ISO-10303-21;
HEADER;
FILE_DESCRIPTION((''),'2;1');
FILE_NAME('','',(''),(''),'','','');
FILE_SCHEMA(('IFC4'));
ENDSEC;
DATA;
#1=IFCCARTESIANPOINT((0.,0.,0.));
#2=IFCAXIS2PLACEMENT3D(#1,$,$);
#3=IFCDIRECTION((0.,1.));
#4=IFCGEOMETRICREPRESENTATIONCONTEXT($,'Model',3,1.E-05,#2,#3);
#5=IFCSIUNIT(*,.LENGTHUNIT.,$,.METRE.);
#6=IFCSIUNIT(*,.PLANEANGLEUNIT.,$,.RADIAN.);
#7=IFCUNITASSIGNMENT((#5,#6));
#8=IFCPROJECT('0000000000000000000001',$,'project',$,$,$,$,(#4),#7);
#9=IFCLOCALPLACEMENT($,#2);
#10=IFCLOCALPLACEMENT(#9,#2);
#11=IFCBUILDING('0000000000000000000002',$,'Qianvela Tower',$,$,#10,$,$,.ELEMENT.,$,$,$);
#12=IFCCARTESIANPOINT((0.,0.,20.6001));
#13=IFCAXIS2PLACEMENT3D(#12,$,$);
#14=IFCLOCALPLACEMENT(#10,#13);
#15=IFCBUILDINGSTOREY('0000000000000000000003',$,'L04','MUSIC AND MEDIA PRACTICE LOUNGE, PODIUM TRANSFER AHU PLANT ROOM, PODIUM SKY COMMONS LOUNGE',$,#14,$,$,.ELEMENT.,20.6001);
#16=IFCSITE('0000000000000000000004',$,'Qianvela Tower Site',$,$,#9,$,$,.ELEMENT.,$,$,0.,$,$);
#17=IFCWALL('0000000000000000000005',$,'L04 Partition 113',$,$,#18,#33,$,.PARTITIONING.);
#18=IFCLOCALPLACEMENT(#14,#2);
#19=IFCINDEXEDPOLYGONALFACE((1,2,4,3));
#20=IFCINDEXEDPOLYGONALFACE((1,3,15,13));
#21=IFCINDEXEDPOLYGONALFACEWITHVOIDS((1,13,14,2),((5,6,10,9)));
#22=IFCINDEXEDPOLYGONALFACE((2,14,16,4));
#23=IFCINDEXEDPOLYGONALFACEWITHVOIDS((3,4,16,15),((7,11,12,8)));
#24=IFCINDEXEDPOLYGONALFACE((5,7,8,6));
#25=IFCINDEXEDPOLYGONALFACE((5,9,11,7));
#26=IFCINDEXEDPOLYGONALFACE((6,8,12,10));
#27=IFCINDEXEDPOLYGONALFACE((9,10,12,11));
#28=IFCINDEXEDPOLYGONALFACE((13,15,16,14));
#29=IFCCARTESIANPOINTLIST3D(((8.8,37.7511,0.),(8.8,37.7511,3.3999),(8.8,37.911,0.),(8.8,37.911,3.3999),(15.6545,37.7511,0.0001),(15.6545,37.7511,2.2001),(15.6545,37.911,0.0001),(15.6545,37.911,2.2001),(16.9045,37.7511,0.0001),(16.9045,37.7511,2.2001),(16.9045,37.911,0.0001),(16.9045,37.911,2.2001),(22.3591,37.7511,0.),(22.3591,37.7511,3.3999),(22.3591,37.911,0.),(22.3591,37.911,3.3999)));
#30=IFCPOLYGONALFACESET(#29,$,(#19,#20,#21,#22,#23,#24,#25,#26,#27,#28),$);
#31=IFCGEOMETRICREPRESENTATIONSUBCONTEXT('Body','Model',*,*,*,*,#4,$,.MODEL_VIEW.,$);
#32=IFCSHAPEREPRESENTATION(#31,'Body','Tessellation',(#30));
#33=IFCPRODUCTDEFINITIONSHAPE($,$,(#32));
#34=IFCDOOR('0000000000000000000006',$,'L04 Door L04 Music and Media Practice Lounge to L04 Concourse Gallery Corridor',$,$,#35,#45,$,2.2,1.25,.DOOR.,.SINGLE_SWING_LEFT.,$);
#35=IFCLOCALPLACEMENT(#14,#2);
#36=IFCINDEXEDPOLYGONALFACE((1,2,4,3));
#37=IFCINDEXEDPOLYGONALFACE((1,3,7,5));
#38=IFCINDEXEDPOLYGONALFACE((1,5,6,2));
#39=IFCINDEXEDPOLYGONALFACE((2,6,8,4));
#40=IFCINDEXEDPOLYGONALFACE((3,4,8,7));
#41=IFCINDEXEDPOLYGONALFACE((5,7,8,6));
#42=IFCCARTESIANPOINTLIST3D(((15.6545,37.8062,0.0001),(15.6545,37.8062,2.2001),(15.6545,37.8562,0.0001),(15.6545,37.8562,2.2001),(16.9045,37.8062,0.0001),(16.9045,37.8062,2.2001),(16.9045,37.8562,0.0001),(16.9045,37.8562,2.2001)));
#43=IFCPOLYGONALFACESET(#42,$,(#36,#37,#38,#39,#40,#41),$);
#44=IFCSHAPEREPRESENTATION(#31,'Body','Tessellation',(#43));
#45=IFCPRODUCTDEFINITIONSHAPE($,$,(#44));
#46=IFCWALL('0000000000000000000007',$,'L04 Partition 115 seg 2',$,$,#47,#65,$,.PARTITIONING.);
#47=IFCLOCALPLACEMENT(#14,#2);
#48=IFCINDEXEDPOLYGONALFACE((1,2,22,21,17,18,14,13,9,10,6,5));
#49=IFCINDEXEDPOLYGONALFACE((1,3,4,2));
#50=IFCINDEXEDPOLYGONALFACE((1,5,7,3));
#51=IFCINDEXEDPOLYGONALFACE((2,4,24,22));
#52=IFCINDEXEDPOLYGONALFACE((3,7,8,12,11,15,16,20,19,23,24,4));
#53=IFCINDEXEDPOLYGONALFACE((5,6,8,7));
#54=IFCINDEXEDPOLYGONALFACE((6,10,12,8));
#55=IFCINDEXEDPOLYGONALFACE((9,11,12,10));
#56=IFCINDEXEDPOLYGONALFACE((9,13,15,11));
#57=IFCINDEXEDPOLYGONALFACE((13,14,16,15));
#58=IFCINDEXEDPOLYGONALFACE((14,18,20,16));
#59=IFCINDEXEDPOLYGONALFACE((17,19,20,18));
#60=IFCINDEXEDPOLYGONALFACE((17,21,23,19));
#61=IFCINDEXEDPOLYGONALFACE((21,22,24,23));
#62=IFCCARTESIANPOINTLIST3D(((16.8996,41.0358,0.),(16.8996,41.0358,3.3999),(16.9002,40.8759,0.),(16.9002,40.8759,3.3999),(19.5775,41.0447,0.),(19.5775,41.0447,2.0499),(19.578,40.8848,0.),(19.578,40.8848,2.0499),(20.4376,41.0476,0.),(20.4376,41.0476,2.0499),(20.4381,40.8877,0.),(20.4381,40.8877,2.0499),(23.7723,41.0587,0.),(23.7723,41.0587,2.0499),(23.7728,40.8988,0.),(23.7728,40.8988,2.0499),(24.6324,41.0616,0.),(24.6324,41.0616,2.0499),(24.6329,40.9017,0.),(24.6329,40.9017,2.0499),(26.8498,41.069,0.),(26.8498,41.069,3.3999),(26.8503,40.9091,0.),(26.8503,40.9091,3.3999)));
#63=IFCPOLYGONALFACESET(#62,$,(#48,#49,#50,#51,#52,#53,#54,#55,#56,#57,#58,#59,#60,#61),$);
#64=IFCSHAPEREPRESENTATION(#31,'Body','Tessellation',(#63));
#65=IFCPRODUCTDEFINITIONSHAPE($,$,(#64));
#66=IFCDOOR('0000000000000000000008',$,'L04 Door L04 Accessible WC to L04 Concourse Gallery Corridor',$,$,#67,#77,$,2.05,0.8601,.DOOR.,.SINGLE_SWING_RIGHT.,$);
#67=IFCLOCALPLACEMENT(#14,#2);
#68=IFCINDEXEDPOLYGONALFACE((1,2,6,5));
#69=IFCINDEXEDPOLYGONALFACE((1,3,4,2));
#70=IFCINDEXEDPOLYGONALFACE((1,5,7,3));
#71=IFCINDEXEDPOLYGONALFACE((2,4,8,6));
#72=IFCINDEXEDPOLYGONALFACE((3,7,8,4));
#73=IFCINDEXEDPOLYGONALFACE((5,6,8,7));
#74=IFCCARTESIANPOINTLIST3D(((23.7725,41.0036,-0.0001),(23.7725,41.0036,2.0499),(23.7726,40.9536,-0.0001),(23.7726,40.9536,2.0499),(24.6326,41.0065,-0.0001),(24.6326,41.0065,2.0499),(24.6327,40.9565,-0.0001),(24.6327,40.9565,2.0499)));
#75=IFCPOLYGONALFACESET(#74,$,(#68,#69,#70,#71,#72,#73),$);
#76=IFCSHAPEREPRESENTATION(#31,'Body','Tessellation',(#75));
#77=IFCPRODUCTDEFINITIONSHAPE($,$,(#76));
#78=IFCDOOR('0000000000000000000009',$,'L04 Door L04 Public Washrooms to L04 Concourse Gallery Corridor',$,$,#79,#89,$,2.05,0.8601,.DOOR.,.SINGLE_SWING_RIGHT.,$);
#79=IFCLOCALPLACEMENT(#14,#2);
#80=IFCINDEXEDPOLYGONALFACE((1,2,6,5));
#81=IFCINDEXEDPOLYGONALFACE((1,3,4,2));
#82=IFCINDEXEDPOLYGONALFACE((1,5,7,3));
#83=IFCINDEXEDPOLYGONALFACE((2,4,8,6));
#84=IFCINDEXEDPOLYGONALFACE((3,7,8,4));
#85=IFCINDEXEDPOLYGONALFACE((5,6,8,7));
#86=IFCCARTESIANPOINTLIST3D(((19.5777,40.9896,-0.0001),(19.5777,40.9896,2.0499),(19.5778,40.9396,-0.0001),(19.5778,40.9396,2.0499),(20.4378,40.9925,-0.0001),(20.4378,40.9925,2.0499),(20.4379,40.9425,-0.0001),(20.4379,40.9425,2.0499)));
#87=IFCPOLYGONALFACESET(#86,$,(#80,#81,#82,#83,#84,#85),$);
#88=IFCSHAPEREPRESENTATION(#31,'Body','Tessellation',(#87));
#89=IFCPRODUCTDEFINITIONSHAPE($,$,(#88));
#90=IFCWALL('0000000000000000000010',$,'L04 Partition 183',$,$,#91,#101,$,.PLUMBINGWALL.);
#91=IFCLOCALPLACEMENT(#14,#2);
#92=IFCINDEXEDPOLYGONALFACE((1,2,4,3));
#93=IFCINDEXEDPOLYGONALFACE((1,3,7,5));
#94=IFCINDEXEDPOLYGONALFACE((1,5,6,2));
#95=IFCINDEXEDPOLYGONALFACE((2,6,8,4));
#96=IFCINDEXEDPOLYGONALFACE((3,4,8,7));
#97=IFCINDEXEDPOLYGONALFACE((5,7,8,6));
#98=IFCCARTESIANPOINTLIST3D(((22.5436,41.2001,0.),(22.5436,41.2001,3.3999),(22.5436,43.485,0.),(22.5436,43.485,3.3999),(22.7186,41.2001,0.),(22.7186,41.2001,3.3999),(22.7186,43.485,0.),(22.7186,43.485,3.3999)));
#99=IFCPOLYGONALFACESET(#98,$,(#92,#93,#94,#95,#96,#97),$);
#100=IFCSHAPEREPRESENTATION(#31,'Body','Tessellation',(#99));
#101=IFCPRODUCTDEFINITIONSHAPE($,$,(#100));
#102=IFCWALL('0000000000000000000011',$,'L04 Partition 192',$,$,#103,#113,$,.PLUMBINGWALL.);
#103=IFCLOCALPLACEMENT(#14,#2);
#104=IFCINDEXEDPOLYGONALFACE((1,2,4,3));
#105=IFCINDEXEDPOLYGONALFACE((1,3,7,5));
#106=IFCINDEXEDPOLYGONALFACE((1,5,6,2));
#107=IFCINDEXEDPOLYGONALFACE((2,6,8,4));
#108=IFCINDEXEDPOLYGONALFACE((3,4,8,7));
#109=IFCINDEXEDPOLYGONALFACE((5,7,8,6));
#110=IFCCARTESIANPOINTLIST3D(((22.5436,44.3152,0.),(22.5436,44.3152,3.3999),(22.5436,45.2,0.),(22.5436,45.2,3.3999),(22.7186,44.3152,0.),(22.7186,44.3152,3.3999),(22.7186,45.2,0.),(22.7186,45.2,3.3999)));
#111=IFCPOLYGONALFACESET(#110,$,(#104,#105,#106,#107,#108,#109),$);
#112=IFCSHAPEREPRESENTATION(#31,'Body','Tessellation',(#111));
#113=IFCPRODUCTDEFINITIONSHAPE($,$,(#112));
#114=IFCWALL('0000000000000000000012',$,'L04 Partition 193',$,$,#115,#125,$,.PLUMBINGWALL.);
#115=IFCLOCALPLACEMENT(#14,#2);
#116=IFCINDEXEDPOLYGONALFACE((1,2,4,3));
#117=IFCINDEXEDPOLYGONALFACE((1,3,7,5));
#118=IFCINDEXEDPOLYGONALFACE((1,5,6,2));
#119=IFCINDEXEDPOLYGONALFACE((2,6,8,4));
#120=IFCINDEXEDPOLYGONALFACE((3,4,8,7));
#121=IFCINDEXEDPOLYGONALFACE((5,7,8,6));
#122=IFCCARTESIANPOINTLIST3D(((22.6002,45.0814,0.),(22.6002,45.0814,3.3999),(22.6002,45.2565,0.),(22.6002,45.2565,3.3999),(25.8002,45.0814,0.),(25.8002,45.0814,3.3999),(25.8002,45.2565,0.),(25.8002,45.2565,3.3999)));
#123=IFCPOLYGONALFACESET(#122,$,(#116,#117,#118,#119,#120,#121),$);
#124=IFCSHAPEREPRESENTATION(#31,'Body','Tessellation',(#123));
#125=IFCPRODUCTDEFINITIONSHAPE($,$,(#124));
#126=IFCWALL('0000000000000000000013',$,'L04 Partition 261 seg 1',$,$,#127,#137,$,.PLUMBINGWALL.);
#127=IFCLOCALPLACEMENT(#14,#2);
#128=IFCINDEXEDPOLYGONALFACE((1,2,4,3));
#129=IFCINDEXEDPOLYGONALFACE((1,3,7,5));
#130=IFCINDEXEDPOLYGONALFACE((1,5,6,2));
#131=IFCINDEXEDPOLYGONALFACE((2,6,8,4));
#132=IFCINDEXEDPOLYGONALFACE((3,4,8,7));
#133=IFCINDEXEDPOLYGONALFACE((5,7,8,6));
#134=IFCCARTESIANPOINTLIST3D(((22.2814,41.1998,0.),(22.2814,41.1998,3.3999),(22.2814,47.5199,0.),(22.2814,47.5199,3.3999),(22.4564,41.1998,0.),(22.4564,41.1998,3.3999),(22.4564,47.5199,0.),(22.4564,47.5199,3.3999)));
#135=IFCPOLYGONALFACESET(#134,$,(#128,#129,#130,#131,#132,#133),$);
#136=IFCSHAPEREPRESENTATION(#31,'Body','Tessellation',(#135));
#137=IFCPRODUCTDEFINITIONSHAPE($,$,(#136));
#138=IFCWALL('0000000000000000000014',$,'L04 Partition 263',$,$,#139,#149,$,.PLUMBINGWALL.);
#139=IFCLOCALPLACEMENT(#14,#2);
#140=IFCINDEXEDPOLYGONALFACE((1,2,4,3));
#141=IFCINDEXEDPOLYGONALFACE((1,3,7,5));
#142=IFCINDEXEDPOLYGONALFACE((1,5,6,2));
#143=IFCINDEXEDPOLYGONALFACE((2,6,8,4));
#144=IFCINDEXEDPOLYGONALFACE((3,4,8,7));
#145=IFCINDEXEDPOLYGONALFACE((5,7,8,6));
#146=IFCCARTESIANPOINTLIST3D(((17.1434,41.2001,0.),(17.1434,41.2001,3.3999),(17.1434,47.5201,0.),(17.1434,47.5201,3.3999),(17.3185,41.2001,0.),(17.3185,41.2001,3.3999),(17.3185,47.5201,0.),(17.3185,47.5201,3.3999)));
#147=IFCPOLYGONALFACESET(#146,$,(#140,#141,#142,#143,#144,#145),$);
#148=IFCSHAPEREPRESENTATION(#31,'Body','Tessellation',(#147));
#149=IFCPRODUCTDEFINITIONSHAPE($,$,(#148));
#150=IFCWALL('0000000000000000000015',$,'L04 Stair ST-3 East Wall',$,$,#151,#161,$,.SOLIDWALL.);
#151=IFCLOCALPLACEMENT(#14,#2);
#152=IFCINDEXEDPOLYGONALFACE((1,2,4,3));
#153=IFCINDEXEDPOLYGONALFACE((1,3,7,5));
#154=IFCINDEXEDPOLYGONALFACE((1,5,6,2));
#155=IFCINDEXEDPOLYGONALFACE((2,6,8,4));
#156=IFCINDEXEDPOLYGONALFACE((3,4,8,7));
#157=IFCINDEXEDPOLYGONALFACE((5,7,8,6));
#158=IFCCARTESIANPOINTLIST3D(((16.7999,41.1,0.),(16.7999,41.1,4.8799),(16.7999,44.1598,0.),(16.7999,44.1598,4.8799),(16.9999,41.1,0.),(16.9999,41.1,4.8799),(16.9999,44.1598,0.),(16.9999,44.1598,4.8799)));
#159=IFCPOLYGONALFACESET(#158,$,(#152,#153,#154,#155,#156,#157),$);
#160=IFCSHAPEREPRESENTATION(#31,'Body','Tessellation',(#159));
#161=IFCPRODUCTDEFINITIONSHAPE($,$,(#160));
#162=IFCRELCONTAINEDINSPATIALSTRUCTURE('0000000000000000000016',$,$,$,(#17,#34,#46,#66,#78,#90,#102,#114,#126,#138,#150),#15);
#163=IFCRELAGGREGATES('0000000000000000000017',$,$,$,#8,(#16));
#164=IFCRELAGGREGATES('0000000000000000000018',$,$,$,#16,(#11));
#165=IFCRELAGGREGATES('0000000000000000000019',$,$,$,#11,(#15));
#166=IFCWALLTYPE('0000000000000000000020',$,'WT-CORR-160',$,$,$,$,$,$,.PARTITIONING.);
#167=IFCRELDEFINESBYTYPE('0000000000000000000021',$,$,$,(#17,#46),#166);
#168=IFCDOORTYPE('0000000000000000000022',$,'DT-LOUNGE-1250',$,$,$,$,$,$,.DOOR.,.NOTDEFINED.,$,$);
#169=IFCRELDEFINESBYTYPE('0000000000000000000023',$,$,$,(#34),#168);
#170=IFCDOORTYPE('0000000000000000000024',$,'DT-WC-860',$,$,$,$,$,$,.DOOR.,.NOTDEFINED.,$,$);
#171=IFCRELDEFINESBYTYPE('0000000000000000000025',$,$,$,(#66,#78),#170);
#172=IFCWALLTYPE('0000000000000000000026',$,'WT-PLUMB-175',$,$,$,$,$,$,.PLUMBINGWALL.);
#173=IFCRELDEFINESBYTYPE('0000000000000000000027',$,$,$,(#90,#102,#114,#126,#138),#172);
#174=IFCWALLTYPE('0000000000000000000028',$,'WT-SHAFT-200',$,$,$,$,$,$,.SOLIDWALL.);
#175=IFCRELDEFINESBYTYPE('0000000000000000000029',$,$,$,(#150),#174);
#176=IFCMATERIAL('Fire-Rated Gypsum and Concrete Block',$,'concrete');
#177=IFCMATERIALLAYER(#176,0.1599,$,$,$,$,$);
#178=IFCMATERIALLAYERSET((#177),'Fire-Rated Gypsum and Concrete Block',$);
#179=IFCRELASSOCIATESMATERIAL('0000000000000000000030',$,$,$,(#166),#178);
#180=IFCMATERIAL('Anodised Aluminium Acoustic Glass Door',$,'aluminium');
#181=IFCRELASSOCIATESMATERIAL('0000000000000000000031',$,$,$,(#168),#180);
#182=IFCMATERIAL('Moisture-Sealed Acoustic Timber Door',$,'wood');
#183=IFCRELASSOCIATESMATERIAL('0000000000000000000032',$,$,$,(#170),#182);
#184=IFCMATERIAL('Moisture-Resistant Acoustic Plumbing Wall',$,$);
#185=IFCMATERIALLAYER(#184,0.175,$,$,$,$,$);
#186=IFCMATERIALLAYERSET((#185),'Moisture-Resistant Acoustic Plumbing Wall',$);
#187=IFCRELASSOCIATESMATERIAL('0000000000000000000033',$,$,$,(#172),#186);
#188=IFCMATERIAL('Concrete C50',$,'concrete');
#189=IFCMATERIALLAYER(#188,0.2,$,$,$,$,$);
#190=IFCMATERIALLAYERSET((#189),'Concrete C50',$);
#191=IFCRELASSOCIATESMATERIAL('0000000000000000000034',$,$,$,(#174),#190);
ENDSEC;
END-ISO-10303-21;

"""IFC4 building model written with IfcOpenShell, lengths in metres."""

from ifc_helpers import new_model, si_unit, direction, frame, frame_2d, origin, place, context, subcontext, project, spatial, rectangle, extrude, material, layer, layer_set, type_object, element, fill, save


model = new_model("IFC4")

# Units and contexts
model_context = context("Model", 3, precision=1e-05, world=origin(), true_north=direction((0.0, 1.0)))
body_context = subcontext(model_context, "Body", "Model", "MODEL_VIEW")
ifc_project = project(units=[si_unit("LENGTHUNIT", "METRE"), si_unit("PLANEANGLEUNIT", "RADIAN")], contexts=[model_context])

# Site, building, storey
site_placement = place(None, origin())
site = spatial("IfcSite", under=ifc_project, at=site_placement, Name="Qianvela Tower Site", CompositionType="ELEMENT", RefElevation=0.0)
building_placement = place(site_placement, origin())
building = spatial("IfcBuilding", under=site, at=building_placement, Name="Qianvela Tower", CompositionType="ELEMENT")
storey_placement = place(building_placement, frame((0.0, 0.0, 20.6001)))
storey = spatial("IfcBuildingStorey", under=building, at=storey_placement, Name="L04", Description="MUSIC AND MEDIA PRACTICE LOUNGE, PODIUM TRANSFER AHU PLANT ROOM, PODIUM SKY COMMONS LOUNGE", CompositionType="ELEMENT", Elevation=20.6001)

# Wall, opening, door
ifc_material_1 = material(Name="Fire-Rated Gypsum and Concrete Block", Category="concrete")
ifc_layer_1 = layer(ifc_material_1, 0.1599)
ifc_layer_set_1 = layer_set([ifc_layer_1], Name="Fire-Rated Gypsum and Concrete Block")
wall_type_1 = type_object("IfcWallType", Name="WT-CORR-160", PredefinedType="PARTITIONING", material=ifc_layer_set_1)
wall_1_placement = place(storey_placement, frame((22.3591, 37.8311, 0.0), z_axis=(0.0, 0.0, 1.0), x_axis=(-1.0, 0.0, 0.0)))
wall_1 = element("IfcWall", 1, at=wall_1_placement, inside=storey, type_object=wall_type_1, Name="L04 Partition 113", PredefinedType="PARTITIONING", context=body_context, shape_type="SweptSolid", body=[
    extrude(rectangle(XDim=13.5591, YDim=0.1599, at=frame_2d((6.7795, 0.0))), origin(), (0.0, 0.0, 1.0), 3.3999),
])
opening_1_placement = place(wall_1_placement, frame((5.4546, 0.0, 0.0)))
opening_1 = element("IfcOpeningElement", 2, at=opening_1_placement, cuts=wall_1, PredefinedType="OPENING", context=body_context, shape_type="SweptSolid", body=[
    extrude(rectangle(XDim=1.25, YDim=2.2, at=frame_2d((0.625, 1.1001))), frame((0.0, 0.0898, 0.0), z_axis=(0.0, -1.0, 0.0), x_axis=(1.0, 0.0, 0.0)), (0.0, 0.0, 1.0), 0.1799),
])
ifc_material_2 = material(Name="Anodised Aluminium Acoustic Glass Door", Category="aluminium")
door_type_1 = type_object("IfcDoorType", Name="DT-LOUNGE-1250", OperationType="NOTDEFINED", PredefinedType="DOOR", material=ifc_material_2)
door_1_placement = place(opening_1_placement, origin())
door_1 = element("IfcDoor", 3, at=door_1_placement, inside=storey, type_object=door_type_1, Name="L04 Door L04 Music and Media Practice Lounge to L04 Concourse Gallery Corridor", OperationType="SINGLE_SWING_LEFT", OverallHeight=2.2, OverallWidth=1.25, PredefinedType="DOOR", context=body_context, shape_type="SweptSolid", body=[
    extrude(rectangle(XDim=1.25, YDim=2.2, at=frame_2d((0.625, 1.1001))), frame((0.0, 0.0249, 0.0), z_axis=(0.0, -1.0, 0.0), x_axis=(1.0, 0.0, 0.0)), (0.0, 0.0, 1.0), 0.05),
])
fill(opening_1, door_1)

# Wall, openings, doors
wall_2_placement = place(storey_placement, frame((16.8999, 40.9558, 0.0), z_axis=(0.0, 0.0, 1.0), x_axis=(0.999994, 0.003337, 0.0)))
wall_2 = element("IfcWall", 4, at=wall_2_placement, inside=storey, type_object=wall_type_1, Name="L04 Partition 115 seg 2", PredefinedType="PARTITIONING", context=body_context, shape_type="SweptSolid", body=[
    extrude(rectangle(XDim=9.9502, YDim=0.1599, at=frame_2d((4.9751, 0.0))), origin(), (0.0, 0.0, 1.0), 3.3999),
])
opening_2_placement = place(wall_2_placement, frame((6.8726, 0.0, 0.0)))
opening_2 = element("IfcOpeningElement", 5, at=opening_2_placement, cuts=wall_2, PredefinedType="OPENING", context=body_context, shape_type="SweptSolid", body=[
    extrude(rectangle(XDim=0.8601, YDim=2.05, at=frame_2d((0.4302, 1.0249))), frame((0.0, 0.0898, 0.0), z_axis=(0.0, -1.0, 0.0), x_axis=(1.0, 0.0, 0.0)), (0.0, 0.0, 1.0), 0.1799),
])
opening_3_placement = place(wall_2_placement, frame((2.6777, 0.0, 0.0)))
opening_3 = element("IfcOpeningElement", 6, at=opening_3_placement, cuts=wall_2, PredefinedType="OPENING", context=body_context, shape_type="SweptSolid", body=[
    extrude(rectangle(XDim=0.8601, YDim=2.05, at=frame_2d((0.4302, 1.0249))), frame((0.0, 0.0898, 0.0), z_axis=(0.0, -1.0, 0.0), x_axis=(1.0, 0.0, 0.0)), (0.0, 0.0, 1.0), 0.1799),
])
ifc_material_3 = material(Name="Moisture-Sealed Acoustic Timber Door", Category="wood")
door_type_2 = type_object("IfcDoorType", Name="DT-WC-860", OperationType="NOTDEFINED", PredefinedType="DOOR", material=ifc_material_3)
door_2_placement = place(opening_2_placement, origin())
door_2 = element("IfcDoor", 7, at=door_2_placement, inside=storey, type_object=door_type_2, Name="L04 Door L04 Accessible WC to L04 Concourse Gallery Corridor", OperationType="SINGLE_SWING_RIGHT", OverallHeight=2.05, OverallWidth=0.8601, PredefinedType="DOOR", context=body_context, shape_type="SweptSolid", body=[
    extrude(rectangle(XDim=0.8601, YDim=2.05, at=frame_2d((0.4302, 1.0249))), frame((0.0, 0.0249, 0.0), z_axis=(0.0, -1.0, 0.0), x_axis=(1.0, 0.0, 0.0)), (0.0, 0.0, 1.0), 0.05),
])
fill(opening_2, door_2)
door_3_placement = place(opening_3_placement, origin())
door_3 = element("IfcDoor", 8, at=door_3_placement, inside=storey, type_object=door_type_2, Name="L04 Door L04 Public Washrooms to L04 Concourse Gallery Corridor", OperationType="SINGLE_SWING_RIGHT", OverallHeight=2.05, OverallWidth=0.8601, PredefinedType="DOOR", context=body_context, shape_type="SweptSolid", body=[
    extrude(rectangle(XDim=0.8601, YDim=2.05, at=frame_2d((0.4302, 1.0249))), frame((0.0, 0.0249, 0.0), z_axis=(0.0, -1.0, 0.0), x_axis=(1.0, 0.0, 0.0)), (0.0, 0.0, 1.0), 0.05),
])
fill(opening_3, door_3)

# Walls
ifc_material_4 = material(Name="Moisture-Resistant Acoustic Plumbing Wall")
ifc_layer_2 = layer(ifc_material_4, 0.175)
ifc_layer_set_2 = layer_set([ifc_layer_2], Name="Moisture-Resistant Acoustic Plumbing Wall")
wall_type_2 = type_object("IfcWallType", Name="WT-PLUMB-175", PredefinedType="PLUMBINGWALL", material=ifc_layer_set_2)
wall_3_placement = place(storey_placement, frame((22.6311, 41.2, 0.0), z_axis=(0.0, 0.0, 1.0), x_axis=(0.0, 1.0, 0.0)))
element("IfcWall", 9, at=wall_3_placement, inside=storey, type_object=wall_type_2, Name="L04 Partition 183", PredefinedType="PLUMBINGWALL", context=body_context, shape_type="SweptSolid", body=[
    extrude(rectangle(XDim=2.2849, YDim=0.175, at=frame_2d((1.1426, 0.0))), origin(), (0.0, 0.0, 1.0), 3.3999),
])
wall_4_placement = place(storey_placement, frame((22.6311, 44.3152, 0.0), z_axis=(0.0, 0.0, 1.0), x_axis=(0.0, 1.0, 0.0)))
element("IfcWall", 10, at=wall_4_placement, inside=storey, type_object=wall_type_2, Name="L04 Partition 192", PredefinedType="PLUMBINGWALL", context=body_context, shape_type="SweptSolid", body=[
    extrude(rectangle(XDim=0.8848, YDim=0.175, at=frame_2d((0.4424, 0.0))), origin(), (0.0, 0.0, 1.0), 3.3999),
])
wall_5_placement = place(storey_placement, frame((22.6001, 45.1689, 0.0), z_axis=(0.0, 0.0, 1.0), x_axis=(1.0, 0.0, 0.0)))
element("IfcWall", 11, at=wall_5_placement, inside=storey, type_object=wall_type_2, Name="L04 Partition 193", PredefinedType="PLUMBINGWALL", context=body_context, shape_type="SweptSolid", body=[
    extrude(rectangle(XDim=3.2, YDim=0.175, at=frame_2d((1.6001, 0.0))), origin(), (0.0, 0.0, 1.0), 3.3999),
])
for number, where, z_axis, x_axis, name in (
    (12, (22.3689, 47.52, 0.0), (0.0, 0.0, 1.0), (0.0, -1.0, 0.0), "L04 Partition 261 seg 1"),
    (13, (17.231, 41.2, 0.0), (0.0, 0.0, 1.0), (0.0, 1.0, 0.0), "L04 Partition 263"),
):
    element("IfcWall", number, at=place(storey_placement, frame(where, z_axis=z_axis, x_axis=x_axis)), inside=storey, type_object=wall_type_2, Name=name, PredefinedType="PLUMBINGWALL", context=body_context, shape_type="SweptSolid", body=[
        extrude(rectangle(XDim=6.3201, YDim=0.175, at=frame_2d((3.1602, 0.0))), origin(), (0.0, 0.0, 1.0), 3.3999),
    ])
ifc_material_5 = material(Name="Concrete C50", Category="concrete")
ifc_layer_3 = layer(ifc_material_5, 0.2)
ifc_layer_set_3 = layer_set([ifc_layer_3], Name="Concrete C50")
wall_type_3 = type_object("IfcWallType", Name="WT-SHAFT-200", PredefinedType="SOLIDWALL", material=ifc_layer_set_3)
wall_6_placement = place(storey_placement, frame((16.8999, 41.1001, 0.0), z_axis=(0.0, 0.0, 1.0), x_axis=(0.0, 1.0, 0.0)))
element("IfcWall", 14, at=wall_6_placement, inside=storey, type_object=wall_type_3, Name="L04 Stair ST-3 East Wall", PredefinedType="SOLIDWALL", context=body_context, shape_type="SweptSolid", body=[
    extrude(rectangle(XDim=3.0598, YDim=0.2, at=frame_2d((1.5298, 0.0))), origin(), (0.0, 0.0, 1.0), 4.8799),
])

save(model, "model.ifc")
